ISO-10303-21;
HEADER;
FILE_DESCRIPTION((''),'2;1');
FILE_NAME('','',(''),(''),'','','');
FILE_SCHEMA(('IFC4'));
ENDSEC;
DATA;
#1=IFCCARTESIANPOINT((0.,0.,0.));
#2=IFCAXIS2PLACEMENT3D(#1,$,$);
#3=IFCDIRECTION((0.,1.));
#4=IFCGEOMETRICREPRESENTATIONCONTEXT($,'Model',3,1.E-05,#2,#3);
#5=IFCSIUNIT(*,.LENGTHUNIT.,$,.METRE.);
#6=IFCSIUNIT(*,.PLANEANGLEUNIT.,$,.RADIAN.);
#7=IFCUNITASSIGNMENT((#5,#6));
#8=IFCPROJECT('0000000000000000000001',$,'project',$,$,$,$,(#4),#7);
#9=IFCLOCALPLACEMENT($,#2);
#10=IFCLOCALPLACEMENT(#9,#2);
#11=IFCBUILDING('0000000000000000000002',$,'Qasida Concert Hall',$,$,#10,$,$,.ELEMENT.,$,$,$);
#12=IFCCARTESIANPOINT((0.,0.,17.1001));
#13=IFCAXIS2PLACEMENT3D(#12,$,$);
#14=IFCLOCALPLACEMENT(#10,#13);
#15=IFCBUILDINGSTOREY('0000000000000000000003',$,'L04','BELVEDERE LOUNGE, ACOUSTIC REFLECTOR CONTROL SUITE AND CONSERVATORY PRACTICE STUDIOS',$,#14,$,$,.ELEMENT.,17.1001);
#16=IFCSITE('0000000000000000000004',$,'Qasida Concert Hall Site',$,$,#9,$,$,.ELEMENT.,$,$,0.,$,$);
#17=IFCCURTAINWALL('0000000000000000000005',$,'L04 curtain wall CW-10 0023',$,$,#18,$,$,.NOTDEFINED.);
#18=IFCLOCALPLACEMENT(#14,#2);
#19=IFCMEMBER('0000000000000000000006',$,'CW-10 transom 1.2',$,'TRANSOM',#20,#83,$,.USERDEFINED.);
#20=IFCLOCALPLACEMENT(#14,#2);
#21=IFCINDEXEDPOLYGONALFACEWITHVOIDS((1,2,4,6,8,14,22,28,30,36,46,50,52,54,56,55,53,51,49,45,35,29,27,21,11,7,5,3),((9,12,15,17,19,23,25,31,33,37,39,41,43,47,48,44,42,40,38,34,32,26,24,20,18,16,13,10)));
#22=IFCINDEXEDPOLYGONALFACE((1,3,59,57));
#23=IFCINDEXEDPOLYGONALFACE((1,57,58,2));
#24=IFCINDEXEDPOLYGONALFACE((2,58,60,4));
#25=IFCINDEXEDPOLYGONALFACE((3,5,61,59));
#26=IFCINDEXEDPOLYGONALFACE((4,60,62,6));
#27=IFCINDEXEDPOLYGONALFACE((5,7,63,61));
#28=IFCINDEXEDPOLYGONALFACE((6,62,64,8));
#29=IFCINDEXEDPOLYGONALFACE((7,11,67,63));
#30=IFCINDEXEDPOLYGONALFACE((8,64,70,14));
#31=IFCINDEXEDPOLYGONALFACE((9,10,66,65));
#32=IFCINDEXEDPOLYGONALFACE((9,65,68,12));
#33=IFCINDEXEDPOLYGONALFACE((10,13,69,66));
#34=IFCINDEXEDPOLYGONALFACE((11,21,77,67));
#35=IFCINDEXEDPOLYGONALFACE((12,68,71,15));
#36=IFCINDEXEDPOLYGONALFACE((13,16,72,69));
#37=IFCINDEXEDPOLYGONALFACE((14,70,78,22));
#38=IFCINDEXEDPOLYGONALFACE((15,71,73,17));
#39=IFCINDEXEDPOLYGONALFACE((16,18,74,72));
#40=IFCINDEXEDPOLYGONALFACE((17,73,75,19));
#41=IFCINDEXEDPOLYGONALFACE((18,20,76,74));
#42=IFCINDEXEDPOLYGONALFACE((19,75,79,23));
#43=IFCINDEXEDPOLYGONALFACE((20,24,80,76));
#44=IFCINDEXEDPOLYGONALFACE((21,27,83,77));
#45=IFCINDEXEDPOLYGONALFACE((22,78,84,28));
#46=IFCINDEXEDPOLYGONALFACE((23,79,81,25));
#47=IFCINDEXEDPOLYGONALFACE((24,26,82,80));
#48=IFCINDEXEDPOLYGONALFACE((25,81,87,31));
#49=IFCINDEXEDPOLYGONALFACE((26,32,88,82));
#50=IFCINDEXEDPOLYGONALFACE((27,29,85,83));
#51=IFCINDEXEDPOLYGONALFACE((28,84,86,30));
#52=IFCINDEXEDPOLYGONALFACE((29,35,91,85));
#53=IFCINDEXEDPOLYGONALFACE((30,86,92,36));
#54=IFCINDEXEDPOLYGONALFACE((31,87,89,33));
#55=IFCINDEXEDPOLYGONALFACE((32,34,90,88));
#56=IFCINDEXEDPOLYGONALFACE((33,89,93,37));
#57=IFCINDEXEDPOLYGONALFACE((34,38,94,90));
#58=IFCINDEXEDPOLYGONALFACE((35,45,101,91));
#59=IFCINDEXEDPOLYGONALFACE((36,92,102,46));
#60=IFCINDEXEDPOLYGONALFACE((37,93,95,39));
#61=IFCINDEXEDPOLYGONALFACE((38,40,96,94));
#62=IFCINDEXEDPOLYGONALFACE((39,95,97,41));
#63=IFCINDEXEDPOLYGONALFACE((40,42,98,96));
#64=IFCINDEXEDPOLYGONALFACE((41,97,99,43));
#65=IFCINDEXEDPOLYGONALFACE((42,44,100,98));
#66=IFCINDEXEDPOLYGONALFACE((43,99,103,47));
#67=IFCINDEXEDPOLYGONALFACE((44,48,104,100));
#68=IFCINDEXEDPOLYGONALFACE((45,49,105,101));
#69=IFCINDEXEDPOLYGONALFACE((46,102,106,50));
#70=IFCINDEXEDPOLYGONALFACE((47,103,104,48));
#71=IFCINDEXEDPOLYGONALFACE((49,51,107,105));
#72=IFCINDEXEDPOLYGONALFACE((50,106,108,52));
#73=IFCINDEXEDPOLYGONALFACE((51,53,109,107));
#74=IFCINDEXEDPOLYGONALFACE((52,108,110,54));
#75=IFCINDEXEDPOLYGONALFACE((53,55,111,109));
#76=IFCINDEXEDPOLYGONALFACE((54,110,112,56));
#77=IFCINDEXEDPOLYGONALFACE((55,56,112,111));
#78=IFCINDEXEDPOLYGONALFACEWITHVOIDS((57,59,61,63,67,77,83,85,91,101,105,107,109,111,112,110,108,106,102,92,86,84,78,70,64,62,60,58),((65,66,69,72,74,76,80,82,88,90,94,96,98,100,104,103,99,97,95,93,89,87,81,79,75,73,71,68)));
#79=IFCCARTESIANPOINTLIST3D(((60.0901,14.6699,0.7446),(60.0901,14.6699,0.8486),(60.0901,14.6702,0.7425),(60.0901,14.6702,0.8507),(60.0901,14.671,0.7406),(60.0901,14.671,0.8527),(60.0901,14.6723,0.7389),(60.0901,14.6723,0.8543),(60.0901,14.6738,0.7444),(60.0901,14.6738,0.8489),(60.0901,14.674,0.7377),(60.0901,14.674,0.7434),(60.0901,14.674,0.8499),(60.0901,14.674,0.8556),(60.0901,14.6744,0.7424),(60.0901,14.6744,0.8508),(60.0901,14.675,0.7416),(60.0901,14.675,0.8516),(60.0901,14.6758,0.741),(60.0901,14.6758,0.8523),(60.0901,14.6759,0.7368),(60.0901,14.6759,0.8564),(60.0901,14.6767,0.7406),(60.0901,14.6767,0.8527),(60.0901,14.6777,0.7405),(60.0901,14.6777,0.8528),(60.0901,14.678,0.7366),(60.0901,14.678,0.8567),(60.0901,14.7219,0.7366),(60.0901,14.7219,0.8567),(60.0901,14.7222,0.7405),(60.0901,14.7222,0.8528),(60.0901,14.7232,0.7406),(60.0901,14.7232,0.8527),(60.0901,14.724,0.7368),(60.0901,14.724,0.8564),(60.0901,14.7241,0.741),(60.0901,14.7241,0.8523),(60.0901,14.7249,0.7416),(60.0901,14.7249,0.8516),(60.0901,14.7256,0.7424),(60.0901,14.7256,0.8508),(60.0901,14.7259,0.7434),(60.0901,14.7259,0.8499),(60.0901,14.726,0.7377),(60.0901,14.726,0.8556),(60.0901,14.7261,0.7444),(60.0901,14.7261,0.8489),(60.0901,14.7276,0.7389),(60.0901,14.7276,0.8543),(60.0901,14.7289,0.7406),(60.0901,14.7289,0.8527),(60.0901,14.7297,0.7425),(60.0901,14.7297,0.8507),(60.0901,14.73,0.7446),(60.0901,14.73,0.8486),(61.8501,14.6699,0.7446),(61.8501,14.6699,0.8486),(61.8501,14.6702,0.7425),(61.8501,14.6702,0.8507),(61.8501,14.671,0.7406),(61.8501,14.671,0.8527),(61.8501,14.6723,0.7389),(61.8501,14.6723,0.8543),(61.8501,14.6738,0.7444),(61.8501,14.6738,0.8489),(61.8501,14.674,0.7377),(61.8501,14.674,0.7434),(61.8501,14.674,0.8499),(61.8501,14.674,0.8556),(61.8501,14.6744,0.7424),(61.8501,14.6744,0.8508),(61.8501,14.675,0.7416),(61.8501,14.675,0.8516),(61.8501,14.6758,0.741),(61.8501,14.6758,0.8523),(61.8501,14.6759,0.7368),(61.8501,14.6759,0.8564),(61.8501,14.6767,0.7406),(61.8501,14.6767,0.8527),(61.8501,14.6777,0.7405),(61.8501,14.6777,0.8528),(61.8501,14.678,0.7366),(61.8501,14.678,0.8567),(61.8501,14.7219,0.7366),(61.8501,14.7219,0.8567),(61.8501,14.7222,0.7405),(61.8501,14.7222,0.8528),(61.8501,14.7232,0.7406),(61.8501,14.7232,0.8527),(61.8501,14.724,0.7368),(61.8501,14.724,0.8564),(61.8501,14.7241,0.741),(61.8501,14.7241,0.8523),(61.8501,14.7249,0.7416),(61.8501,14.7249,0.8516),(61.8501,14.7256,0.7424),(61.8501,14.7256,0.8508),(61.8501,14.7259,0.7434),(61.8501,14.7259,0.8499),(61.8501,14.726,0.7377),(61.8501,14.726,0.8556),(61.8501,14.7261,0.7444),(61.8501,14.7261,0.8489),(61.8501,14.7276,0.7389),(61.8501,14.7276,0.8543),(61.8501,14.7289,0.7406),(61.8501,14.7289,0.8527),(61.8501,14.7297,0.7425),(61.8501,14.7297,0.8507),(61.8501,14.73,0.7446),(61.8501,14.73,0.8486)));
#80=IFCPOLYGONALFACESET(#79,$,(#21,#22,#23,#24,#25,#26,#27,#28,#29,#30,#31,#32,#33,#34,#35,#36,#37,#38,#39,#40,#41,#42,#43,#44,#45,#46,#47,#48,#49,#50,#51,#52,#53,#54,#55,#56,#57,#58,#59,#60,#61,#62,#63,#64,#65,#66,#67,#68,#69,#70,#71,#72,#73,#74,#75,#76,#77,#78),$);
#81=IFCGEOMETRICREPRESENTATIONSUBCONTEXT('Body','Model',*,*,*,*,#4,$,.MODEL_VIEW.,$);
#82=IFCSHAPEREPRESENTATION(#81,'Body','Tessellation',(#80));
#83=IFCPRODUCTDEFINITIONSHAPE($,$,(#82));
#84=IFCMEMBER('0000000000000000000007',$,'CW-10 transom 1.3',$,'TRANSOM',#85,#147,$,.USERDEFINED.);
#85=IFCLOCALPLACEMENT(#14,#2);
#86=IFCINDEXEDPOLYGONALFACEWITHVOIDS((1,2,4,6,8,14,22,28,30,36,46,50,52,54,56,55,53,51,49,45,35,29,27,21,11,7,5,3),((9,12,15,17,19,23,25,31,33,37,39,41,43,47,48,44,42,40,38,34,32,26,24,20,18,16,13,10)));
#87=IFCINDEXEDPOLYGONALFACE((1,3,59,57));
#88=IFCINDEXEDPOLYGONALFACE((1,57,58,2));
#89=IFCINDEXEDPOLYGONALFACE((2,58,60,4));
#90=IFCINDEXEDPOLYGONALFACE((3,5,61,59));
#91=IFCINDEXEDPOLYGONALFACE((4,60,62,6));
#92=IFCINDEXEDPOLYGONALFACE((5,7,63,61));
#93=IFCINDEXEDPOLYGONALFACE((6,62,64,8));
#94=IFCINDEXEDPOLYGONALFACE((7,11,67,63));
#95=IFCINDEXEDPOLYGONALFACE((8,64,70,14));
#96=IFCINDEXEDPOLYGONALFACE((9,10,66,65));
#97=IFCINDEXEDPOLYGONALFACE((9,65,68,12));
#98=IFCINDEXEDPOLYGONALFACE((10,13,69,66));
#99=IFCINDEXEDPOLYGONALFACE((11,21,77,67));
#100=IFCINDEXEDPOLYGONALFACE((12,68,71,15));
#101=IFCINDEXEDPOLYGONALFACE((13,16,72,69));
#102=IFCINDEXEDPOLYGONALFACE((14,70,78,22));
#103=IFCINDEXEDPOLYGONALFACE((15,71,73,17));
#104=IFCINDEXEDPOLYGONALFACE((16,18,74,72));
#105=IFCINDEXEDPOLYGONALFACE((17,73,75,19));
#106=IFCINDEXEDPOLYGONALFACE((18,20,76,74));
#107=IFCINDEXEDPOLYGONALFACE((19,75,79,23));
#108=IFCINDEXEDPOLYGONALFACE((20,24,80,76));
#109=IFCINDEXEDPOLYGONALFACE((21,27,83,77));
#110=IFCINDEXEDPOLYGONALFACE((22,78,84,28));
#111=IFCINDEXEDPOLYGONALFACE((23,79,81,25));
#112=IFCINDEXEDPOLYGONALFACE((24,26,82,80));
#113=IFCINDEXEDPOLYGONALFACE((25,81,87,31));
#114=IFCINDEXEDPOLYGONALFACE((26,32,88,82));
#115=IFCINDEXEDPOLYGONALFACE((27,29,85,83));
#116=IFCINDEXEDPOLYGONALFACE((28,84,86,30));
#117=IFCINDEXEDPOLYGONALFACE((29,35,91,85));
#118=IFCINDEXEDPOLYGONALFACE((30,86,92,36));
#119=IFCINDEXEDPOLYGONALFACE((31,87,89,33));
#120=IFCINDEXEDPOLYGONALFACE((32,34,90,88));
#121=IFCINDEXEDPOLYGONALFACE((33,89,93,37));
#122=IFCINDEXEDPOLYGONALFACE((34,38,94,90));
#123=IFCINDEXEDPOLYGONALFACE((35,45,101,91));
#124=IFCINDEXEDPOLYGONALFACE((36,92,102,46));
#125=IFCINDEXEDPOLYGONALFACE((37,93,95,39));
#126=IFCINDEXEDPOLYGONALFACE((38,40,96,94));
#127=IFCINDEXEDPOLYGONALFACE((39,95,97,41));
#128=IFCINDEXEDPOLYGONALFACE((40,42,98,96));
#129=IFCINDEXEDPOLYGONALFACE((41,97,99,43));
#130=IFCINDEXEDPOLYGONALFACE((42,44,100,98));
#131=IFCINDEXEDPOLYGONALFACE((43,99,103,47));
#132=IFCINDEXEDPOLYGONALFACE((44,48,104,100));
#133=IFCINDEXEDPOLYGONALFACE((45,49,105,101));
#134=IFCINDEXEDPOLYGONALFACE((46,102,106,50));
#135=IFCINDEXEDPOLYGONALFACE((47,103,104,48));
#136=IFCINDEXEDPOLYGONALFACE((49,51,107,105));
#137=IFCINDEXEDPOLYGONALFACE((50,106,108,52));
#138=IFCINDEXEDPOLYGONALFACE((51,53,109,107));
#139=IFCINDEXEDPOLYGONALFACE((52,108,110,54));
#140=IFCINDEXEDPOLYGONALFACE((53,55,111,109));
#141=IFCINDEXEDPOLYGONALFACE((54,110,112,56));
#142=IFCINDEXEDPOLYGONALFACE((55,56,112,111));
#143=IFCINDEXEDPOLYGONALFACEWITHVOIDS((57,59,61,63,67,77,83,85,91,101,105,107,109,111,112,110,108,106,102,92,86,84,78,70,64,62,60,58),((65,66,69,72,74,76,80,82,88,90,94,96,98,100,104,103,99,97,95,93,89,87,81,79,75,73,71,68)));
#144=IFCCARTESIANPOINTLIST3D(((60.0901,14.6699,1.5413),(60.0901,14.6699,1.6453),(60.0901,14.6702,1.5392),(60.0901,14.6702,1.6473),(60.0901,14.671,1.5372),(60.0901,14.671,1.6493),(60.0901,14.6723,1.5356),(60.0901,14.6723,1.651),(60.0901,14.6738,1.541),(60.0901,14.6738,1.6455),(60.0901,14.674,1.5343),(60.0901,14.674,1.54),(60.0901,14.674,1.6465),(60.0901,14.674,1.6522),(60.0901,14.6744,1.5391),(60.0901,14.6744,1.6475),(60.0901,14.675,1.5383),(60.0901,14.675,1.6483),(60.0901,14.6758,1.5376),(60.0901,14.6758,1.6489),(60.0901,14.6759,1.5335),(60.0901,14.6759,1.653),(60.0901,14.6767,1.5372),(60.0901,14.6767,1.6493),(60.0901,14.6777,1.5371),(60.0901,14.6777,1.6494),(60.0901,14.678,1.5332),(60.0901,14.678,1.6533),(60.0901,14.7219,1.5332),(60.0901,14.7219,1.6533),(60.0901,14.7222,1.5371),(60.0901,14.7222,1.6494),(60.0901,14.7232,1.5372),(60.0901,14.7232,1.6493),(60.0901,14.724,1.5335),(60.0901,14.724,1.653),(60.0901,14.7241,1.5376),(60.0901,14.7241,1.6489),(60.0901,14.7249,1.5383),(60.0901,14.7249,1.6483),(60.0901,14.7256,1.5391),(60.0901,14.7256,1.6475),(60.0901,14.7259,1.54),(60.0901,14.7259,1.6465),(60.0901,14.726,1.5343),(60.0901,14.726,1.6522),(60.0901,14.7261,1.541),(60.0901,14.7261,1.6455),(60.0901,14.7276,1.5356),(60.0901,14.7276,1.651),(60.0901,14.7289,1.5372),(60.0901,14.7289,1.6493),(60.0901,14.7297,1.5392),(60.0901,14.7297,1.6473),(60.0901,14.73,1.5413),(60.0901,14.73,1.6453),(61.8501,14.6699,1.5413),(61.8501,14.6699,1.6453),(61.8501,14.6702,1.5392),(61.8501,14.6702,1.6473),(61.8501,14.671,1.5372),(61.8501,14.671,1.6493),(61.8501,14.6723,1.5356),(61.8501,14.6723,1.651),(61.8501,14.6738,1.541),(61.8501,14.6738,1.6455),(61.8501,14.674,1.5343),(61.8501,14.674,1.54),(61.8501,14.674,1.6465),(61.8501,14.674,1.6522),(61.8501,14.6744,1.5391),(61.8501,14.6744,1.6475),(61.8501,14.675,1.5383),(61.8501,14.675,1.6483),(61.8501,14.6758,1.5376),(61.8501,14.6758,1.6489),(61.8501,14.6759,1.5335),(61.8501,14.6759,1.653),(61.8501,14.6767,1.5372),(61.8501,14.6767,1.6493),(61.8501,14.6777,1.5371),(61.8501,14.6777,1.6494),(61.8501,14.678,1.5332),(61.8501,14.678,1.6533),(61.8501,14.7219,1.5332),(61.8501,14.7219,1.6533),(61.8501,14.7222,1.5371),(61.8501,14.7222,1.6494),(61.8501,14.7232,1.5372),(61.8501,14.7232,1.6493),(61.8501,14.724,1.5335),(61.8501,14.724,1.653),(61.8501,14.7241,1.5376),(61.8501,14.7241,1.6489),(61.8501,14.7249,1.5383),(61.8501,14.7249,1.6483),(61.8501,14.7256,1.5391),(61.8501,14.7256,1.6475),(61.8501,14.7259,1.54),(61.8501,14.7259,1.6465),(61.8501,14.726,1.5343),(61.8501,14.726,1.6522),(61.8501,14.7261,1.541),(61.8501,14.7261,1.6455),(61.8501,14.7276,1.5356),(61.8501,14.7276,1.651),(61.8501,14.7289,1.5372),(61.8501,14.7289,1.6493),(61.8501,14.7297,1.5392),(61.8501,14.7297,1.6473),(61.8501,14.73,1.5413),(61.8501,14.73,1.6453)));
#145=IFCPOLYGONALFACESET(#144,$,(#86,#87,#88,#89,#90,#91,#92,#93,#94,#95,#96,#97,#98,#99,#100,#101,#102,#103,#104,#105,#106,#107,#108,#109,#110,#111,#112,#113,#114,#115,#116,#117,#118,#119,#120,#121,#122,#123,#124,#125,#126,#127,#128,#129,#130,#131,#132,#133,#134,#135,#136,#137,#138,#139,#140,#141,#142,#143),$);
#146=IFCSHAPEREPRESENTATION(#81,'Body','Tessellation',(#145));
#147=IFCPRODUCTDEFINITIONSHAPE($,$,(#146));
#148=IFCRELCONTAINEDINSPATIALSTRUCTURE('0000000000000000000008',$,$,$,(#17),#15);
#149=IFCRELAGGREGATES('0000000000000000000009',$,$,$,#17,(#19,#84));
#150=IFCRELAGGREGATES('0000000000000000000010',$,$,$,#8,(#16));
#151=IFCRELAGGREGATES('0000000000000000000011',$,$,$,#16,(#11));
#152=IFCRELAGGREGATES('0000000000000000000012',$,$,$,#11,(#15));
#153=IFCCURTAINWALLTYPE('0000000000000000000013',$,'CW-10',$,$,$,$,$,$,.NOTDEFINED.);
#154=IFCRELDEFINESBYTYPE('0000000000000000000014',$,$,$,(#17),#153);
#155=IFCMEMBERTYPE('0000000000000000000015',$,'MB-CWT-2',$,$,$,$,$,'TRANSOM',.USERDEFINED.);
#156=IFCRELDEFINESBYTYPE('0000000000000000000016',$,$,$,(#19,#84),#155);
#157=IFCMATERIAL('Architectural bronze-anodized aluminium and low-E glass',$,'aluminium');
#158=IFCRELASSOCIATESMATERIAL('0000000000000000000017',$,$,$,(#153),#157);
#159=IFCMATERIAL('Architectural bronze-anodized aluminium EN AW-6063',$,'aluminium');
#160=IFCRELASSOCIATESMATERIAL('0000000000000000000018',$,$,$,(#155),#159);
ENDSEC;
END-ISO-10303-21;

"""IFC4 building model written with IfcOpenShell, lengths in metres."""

from ifc_helpers import new_model, si_unit, direction, frame, origin, origin_2d, place, context, subcontext, project, spatial, hollow_rectangle, extrude, material, material_profile, profile_set, type_object, element, aggregate, save


model = new_model("IFC4")

# Units and contexts
model_context = context("Model", 3, precision=1e-05, world=origin(), true_north=direction((0.0, 1.0)))
body_context = subcontext(model_context, "Body", "Model", "MODEL_VIEW")
ifc_project = project(units=[si_unit("LENGTHUNIT", "METRE"), si_unit("PLANEANGLEUNIT", "RADIAN")], contexts=[model_context])

# Site, building, storey
site_placement = place(None, origin())
site = spatial("IfcSite", under=ifc_project, at=site_placement, Name="Qasida Concert Hall Site", CompositionType="ELEMENT", RefElevation=0.0)
building_placement = place(site_placement, origin())
building = spatial("IfcBuilding", under=site, at=building_placement, Name="Qasida Concert Hall", CompositionType="ELEMENT")
storey_placement = place(building_placement, frame((0.0, 0.0, 17.1001)))
storey = spatial("IfcBuildingStorey", under=building, at=storey_placement, Name="L04", Description="BELVEDERE LOUNGE, ACOUSTIC REFLECTOR CONTROL SUITE AND CONSERVATORY PRACTICE STUDIOS", CompositionType="ELEMENT", Elevation=17.1001)

# Curtain wall, members
ifc_material_1 = material(Name="Architectural bronze-anodized aluminium and low-E glass", Category="aluminium")
curtain_wall_type = type_object("IfcCurtainWallType", Name="CW-10", PredefinedType="NOTDEFINED", material=ifc_material_1)
curtain_wall_placement = place(storey_placement, origin())
curtain_wall = element("IfcCurtainWall", 1, at=curtain_wall_placement, inside=storey, type_object=curtain_wall_type, Name="L04 curtain wall CW-10 0023", PredefinedType="NOTDEFINED")
ifc_material_2 = material(Name="Architectural bronze-anodized aluminium EN AW-6063", Category="aluminium")
ifc_material_profile_1 = material_profile(ifc_material_2, hollow_rectangle(XDim=0.0601, YDim=0.1201, WallThickness=0.0039, InnerFilletRadius=0.0039, OuterFilletRadius=0.0081, at=origin_2d()), Name="CWT 120x60x4")
ifc_profile_set_1 = profile_set([ifc_material_profile_1], Name="Architectural bronze-anodized aluminium EN AW-6063")
member_type_1 = type_object("IfcMemberType", Name="MB-CWT-2", ElementType="TRANSOM", PredefinedType="USERDEFINED", material=ifc_profile_set_1)
member_1_placement = place(storey_placement, frame((60.0901, 14.7, 0.7966), z_axis=(1.0, 0.0, 0.0), x_axis=(0.0, 1.0, 0.0)))
member_1 = element("IfcMember", 2, at=member_1_placement, type_object=member_type_1, Name="CW-10 transom 1.2", ObjectType="TRANSOM", PredefinedType="USERDEFINED", context=body_context, shape_type="SweptSolid", body=[
    extrude(hollow_rectangle(XDim=0.0601, YDim=0.1201, WallThickness=0.0039, InnerFilletRadius=0.0039, OuterFilletRadius=0.0081, at=origin_2d()), origin(), (0.0, 0.0, 1.0), 1.76),
])
member_2_placement = place(storey_placement, frame((60.0901, 14.7, 1.5933), z_axis=(1.0, 0.0, 0.0), x_axis=(0.0, 1.0, 0.0)))
member_2 = element("IfcMember", 3, at=member_2_placement, type_object=member_type_1, Name="CW-10 transom 1.3", ObjectType="TRANSOM", PredefinedType="USERDEFINED", context=body_context, shape_type="SweptSolid", body=[
    extrude(hollow_rectangle(XDim=0.0601, YDim=0.1201, WallThickness=0.0039, InnerFilletRadius=0.0039, OuterFilletRadius=0.0081, at=origin_2d()), origin(), (0.0, 0.0, 1.0), 1.76),
])
aggregate(curtain_wall, [member_1, member_2])

save(model, "model.ifc")
